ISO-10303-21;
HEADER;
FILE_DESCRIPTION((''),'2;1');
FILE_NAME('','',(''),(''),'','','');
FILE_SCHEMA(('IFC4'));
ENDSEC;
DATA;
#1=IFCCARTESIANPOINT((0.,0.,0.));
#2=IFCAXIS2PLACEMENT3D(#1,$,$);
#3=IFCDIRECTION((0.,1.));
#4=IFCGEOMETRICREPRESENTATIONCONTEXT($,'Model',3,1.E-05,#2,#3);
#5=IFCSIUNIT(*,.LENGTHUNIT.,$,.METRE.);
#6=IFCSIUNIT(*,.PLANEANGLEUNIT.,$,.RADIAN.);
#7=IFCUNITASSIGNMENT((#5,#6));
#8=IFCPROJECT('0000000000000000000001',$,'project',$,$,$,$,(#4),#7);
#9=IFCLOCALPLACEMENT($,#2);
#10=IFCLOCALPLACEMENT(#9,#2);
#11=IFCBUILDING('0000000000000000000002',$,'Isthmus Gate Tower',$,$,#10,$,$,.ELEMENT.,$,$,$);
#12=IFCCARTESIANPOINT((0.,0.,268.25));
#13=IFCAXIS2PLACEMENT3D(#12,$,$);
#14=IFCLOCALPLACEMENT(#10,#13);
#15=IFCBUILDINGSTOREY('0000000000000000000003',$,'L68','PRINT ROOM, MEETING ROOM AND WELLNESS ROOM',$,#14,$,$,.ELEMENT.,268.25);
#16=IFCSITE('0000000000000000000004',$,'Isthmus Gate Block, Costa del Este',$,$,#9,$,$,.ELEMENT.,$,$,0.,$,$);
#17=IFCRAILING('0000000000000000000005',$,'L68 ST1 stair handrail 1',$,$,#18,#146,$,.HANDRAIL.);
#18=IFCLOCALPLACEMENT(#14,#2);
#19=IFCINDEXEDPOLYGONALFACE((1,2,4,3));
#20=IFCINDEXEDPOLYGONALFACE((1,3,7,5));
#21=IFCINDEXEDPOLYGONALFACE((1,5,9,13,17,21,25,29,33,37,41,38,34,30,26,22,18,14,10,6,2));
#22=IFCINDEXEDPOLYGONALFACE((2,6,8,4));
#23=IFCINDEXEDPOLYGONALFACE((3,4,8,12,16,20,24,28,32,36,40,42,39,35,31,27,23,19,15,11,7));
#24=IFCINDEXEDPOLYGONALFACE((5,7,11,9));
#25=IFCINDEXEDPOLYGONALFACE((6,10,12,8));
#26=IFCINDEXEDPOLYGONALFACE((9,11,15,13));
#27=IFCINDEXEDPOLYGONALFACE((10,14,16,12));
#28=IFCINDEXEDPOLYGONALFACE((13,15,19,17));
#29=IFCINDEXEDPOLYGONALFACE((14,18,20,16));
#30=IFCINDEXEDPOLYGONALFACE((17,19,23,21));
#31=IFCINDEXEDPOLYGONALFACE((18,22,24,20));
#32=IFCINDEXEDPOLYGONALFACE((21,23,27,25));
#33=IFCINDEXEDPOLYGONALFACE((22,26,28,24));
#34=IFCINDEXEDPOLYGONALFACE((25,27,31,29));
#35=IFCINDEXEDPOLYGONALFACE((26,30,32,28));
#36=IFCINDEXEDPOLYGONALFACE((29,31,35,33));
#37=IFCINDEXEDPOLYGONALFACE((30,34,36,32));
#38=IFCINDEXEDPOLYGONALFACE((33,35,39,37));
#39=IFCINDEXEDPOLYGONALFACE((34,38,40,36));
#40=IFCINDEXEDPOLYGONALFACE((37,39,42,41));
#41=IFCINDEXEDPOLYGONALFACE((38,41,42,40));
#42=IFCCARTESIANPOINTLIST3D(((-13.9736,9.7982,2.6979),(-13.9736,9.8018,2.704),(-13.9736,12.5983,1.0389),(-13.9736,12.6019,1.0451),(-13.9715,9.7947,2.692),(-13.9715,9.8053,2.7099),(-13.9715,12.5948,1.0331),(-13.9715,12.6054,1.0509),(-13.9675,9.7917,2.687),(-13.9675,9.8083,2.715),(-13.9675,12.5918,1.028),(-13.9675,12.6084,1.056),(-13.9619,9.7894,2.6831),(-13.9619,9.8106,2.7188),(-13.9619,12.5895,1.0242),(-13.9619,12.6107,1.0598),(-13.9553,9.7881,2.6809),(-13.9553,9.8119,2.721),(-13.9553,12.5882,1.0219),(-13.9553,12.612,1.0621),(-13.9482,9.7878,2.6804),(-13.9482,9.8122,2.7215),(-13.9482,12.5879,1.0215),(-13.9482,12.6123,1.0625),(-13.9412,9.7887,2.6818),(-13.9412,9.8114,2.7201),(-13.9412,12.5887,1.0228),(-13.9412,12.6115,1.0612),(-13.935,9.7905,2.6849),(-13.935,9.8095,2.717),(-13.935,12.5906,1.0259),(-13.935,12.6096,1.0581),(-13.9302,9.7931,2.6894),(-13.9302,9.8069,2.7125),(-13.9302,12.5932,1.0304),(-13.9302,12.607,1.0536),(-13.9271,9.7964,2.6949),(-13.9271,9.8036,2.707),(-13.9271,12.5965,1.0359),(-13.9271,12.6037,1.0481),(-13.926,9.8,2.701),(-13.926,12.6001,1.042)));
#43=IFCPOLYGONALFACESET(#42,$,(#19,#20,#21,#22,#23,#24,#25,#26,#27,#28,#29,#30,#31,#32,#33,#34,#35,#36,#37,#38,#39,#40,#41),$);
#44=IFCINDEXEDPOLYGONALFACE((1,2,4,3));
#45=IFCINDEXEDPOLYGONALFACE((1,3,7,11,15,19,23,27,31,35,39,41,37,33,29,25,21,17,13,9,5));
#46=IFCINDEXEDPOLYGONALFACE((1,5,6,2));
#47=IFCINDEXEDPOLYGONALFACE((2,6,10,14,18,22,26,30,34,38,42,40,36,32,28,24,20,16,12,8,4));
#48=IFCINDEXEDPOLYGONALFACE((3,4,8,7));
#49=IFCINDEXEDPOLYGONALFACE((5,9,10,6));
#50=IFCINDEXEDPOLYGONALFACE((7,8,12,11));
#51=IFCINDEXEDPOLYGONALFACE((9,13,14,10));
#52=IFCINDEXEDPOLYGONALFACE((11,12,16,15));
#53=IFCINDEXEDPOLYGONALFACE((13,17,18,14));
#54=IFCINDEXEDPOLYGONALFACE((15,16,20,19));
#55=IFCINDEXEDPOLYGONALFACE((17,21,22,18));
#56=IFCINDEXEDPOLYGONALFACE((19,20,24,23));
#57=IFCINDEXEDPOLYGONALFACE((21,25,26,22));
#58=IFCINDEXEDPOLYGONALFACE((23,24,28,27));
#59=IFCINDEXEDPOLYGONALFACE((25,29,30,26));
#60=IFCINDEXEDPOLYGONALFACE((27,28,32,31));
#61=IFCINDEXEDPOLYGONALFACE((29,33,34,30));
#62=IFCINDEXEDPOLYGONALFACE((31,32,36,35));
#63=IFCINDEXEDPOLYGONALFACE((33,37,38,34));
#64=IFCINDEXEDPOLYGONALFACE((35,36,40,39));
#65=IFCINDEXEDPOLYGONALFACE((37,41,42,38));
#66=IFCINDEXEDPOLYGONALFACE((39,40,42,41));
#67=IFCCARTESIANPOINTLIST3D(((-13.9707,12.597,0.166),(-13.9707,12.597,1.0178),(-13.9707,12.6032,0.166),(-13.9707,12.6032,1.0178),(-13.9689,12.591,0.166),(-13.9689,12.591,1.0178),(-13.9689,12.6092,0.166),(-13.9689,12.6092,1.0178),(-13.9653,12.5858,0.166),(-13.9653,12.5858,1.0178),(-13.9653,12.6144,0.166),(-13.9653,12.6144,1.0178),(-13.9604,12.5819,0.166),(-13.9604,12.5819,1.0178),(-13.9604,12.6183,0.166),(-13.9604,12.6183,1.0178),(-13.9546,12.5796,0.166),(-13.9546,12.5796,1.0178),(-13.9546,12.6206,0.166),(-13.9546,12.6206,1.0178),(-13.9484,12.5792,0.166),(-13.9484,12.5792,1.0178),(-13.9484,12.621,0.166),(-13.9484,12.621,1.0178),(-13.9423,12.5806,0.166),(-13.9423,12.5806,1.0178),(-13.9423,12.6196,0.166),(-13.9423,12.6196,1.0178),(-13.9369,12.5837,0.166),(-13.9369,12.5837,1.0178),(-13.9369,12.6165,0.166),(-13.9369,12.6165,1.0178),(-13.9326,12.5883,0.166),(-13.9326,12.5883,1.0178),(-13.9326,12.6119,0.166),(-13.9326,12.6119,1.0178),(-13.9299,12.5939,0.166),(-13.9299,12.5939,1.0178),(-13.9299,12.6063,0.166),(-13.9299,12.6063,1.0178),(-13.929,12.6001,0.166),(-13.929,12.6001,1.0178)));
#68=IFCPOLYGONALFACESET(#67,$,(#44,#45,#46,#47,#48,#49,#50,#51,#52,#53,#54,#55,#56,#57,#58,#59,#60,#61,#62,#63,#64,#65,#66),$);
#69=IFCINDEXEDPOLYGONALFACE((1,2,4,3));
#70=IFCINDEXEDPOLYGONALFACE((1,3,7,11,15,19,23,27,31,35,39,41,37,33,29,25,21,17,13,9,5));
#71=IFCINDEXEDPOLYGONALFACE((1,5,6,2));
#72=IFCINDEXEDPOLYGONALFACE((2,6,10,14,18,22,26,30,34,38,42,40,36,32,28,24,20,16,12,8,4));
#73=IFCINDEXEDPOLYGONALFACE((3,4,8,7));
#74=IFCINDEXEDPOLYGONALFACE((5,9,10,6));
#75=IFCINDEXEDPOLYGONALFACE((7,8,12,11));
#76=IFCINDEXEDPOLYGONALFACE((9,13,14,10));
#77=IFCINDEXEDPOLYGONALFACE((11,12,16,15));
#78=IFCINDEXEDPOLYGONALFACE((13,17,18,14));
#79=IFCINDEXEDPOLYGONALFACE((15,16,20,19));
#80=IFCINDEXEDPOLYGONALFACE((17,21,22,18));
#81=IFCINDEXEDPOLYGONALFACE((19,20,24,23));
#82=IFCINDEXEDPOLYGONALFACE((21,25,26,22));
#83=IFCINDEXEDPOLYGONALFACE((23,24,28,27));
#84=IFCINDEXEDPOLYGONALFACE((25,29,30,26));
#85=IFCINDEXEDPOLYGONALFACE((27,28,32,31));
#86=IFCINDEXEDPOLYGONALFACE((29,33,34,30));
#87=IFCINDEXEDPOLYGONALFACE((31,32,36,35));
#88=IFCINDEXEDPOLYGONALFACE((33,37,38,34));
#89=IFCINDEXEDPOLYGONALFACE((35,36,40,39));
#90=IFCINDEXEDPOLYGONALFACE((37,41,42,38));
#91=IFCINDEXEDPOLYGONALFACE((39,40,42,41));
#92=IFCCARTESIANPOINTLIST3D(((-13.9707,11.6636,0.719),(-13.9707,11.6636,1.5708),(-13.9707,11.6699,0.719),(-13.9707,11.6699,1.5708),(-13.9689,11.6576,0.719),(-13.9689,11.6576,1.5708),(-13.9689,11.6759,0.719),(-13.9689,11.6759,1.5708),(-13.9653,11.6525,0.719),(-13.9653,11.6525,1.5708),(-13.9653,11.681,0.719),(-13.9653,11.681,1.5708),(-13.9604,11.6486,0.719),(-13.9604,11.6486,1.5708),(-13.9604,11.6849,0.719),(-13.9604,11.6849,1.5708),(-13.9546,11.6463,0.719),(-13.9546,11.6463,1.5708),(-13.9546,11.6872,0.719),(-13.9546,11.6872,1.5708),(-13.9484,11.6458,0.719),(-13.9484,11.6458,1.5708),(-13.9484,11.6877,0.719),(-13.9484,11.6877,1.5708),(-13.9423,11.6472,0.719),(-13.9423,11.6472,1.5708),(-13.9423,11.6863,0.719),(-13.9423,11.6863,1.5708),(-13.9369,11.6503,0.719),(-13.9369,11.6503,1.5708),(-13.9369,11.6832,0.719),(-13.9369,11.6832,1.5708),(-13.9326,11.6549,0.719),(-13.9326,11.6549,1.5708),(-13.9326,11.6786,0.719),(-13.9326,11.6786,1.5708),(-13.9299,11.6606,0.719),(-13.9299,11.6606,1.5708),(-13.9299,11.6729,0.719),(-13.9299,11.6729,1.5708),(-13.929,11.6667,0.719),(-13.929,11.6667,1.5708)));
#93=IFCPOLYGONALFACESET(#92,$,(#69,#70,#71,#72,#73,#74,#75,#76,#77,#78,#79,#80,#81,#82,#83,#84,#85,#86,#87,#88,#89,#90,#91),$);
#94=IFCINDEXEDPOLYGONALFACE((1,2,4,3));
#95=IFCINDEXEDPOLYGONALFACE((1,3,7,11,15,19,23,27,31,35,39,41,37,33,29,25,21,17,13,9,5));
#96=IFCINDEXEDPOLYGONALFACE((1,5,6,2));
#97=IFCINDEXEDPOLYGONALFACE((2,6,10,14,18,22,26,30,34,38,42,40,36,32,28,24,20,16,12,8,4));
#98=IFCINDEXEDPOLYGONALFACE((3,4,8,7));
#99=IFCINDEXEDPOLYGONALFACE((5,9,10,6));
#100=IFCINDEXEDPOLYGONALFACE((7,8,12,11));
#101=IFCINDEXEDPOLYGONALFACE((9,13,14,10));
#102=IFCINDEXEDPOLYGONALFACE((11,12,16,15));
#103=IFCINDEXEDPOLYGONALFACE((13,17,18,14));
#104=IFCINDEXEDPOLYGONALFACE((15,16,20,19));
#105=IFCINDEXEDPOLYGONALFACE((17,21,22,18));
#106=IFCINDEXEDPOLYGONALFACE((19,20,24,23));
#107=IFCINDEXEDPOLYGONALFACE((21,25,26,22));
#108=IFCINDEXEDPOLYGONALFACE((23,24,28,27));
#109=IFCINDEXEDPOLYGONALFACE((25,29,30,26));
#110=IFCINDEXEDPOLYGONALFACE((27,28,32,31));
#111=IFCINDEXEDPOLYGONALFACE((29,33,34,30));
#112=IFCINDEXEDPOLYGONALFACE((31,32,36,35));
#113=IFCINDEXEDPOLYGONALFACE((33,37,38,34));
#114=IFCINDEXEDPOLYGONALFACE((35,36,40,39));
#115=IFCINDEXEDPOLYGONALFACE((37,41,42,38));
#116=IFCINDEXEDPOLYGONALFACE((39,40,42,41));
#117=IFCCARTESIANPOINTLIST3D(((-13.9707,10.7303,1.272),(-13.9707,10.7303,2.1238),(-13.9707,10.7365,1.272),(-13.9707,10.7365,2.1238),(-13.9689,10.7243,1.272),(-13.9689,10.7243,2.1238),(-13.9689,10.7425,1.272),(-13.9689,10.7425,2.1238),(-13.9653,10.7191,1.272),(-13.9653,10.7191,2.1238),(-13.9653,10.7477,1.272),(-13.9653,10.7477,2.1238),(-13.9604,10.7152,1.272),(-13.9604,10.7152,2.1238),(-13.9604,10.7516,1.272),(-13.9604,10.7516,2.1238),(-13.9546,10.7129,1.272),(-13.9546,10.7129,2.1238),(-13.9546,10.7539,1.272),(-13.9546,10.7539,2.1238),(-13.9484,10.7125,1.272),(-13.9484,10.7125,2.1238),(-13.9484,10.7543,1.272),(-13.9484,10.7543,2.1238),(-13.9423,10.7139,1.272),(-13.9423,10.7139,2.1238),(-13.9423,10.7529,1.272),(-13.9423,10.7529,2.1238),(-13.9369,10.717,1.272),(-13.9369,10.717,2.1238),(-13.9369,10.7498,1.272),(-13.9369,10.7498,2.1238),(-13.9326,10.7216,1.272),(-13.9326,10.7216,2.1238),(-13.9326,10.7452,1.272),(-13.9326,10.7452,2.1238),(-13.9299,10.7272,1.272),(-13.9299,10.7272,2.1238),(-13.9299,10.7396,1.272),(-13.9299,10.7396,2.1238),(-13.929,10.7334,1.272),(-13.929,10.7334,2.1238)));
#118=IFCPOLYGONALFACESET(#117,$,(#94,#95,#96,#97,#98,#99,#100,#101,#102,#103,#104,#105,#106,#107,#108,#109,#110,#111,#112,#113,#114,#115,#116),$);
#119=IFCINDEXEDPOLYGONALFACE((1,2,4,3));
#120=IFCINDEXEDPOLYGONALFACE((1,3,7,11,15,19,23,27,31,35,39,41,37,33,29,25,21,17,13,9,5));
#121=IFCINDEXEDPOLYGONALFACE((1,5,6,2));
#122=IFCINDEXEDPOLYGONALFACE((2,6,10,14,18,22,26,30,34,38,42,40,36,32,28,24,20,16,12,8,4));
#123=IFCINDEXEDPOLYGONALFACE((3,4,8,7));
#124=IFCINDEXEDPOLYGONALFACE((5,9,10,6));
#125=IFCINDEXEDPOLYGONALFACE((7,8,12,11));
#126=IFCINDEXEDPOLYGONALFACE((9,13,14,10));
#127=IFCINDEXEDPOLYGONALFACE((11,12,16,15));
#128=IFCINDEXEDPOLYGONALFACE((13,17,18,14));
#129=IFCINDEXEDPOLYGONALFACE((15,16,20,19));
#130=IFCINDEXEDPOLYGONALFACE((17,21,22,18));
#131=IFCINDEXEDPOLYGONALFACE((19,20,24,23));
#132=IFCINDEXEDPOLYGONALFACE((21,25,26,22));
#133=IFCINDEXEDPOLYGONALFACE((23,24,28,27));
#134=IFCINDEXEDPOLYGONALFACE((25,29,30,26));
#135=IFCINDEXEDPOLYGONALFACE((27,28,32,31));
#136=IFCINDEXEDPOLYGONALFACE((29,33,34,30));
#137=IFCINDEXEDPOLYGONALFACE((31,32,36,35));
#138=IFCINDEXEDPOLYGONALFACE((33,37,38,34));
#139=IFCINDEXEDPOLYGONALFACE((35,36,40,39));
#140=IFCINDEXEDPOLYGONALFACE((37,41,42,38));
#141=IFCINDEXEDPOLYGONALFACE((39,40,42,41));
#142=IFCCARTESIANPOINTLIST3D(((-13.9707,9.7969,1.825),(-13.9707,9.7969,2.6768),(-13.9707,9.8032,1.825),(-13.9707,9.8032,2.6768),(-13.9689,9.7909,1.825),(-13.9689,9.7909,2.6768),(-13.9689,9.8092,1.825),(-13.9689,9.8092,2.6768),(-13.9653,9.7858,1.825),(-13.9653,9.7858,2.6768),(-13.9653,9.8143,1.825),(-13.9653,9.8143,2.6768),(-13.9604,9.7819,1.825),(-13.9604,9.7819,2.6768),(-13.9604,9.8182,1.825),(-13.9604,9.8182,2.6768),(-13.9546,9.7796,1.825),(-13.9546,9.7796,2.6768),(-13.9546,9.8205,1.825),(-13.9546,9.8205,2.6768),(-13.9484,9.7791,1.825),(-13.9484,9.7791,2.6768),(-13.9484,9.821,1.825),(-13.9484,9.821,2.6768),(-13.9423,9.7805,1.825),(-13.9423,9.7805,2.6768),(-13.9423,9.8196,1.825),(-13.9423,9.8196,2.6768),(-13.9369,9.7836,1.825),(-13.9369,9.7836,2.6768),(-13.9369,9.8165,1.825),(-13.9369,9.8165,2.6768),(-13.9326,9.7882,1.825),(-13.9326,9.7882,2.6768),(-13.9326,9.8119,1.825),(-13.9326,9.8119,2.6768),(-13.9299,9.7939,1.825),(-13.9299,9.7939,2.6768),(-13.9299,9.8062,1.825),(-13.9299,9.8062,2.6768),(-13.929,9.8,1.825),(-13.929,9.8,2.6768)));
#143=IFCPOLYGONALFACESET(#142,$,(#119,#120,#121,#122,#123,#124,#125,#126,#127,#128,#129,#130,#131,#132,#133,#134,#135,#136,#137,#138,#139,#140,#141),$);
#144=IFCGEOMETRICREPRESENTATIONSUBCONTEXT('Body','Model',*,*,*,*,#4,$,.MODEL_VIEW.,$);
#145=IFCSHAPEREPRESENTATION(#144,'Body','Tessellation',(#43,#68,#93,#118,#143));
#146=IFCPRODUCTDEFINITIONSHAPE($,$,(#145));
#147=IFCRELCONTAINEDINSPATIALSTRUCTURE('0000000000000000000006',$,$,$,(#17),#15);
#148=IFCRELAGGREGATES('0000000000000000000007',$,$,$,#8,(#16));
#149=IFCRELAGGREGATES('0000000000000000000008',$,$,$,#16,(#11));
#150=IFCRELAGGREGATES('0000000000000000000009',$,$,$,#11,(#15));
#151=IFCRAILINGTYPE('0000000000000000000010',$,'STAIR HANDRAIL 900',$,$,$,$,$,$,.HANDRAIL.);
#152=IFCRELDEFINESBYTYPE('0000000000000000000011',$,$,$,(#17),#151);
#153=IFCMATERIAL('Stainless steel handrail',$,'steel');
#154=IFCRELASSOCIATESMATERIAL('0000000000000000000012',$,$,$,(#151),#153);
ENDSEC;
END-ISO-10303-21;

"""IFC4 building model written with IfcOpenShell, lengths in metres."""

from ifc_helpers import new_model, si_unit, direction, frame, origin, origin_2d, place, context, subcontext, project, spatial, circle, extrude, material, type_object, element, save


model = new_model("IFC4")

# Units and contexts
model_context = context("Model", 3, precision=1e-05, world=origin(), true_north=direction((0.0, 1.0)))
body_context = subcontext(model_context, "Body", "Model", "MODEL_VIEW")
ifc_project = project(units=[si_unit("LENGTHUNIT", "METRE"), si_unit("PLANEANGLEUNIT", "RADIAN")], contexts=[model_context])

# Site, building, storey
site_placement = place(None, origin())
site = spatial("IfcSite", under=ifc_project, at=site_placement, Name="Isthmus Gate Block, Costa del Este", CompositionType="ELEMENT", RefElevation=0.0)
building_placement = place(site_placement, origin())
building = spatial("IfcBuilding", under=site, at=building_placement, Name="Isthmus Gate Tower", CompositionType="ELEMENT")
storey_placement = place(building_placement, frame((0.0, 0.0, 268.25)))
storey = spatial("IfcBuildingStorey", under=building, at=storey_placement, Name="L68", Description="PRINT ROOM, MEETING ROOM AND WELLNESS ROOM", CompositionType="ELEMENT", Elevation=268.25)

# Railing
ifc_material_1 = material(Name="Stainless steel handrail", Category="steel")
railing_type_1 = type_object("IfcRailingType", Name="STAIR HANDRAIL 900", PredefinedType="HANDRAIL", material=ifc_material_1)
railing_1_placement = place(storey_placement, frame((-13.95, 12.6001, 0.166)))
element("IfcRailing", 1, at=railing_1_placement, inside=storey, type_object=railing_type_1, Name="L68 ST1 stair handrail 1", PredefinedType="HANDRAIL", context=body_context, shape_type="SweptSolid", body=[
    extrude(circle(Radius=0.0239, at=origin_2d()), frame((0.0, 0.0, 0.876), z_axis=(0.0, -0.860339, 0.509722), x_axis=(1.0, 0.0, 0.0)), (0.0, 0.0, 1.0), 3.2546),
    extrude(circle(Radius=0.021, at=origin_2d()), origin(), (0.0, 0.0, 1.0), 0.8518),
    extrude(circle(Radius=0.021, at=origin_2d()), frame((0.0, -0.9333, 0.553)), (0.0, 0.0, 1.0), 0.8518),
    extrude(circle(Radius=0.021, at=origin_2d()), frame((0.0, -1.8667, 1.106)), (0.0, 0.0, 1.0), 0.8518),
    extrude(circle(Radius=0.021, at=origin_2d()), frame((0.0, -2.8, 1.6589)), (0.0, 0.0, 1.0), 0.8518),
])

save(model, "model.ifc")
